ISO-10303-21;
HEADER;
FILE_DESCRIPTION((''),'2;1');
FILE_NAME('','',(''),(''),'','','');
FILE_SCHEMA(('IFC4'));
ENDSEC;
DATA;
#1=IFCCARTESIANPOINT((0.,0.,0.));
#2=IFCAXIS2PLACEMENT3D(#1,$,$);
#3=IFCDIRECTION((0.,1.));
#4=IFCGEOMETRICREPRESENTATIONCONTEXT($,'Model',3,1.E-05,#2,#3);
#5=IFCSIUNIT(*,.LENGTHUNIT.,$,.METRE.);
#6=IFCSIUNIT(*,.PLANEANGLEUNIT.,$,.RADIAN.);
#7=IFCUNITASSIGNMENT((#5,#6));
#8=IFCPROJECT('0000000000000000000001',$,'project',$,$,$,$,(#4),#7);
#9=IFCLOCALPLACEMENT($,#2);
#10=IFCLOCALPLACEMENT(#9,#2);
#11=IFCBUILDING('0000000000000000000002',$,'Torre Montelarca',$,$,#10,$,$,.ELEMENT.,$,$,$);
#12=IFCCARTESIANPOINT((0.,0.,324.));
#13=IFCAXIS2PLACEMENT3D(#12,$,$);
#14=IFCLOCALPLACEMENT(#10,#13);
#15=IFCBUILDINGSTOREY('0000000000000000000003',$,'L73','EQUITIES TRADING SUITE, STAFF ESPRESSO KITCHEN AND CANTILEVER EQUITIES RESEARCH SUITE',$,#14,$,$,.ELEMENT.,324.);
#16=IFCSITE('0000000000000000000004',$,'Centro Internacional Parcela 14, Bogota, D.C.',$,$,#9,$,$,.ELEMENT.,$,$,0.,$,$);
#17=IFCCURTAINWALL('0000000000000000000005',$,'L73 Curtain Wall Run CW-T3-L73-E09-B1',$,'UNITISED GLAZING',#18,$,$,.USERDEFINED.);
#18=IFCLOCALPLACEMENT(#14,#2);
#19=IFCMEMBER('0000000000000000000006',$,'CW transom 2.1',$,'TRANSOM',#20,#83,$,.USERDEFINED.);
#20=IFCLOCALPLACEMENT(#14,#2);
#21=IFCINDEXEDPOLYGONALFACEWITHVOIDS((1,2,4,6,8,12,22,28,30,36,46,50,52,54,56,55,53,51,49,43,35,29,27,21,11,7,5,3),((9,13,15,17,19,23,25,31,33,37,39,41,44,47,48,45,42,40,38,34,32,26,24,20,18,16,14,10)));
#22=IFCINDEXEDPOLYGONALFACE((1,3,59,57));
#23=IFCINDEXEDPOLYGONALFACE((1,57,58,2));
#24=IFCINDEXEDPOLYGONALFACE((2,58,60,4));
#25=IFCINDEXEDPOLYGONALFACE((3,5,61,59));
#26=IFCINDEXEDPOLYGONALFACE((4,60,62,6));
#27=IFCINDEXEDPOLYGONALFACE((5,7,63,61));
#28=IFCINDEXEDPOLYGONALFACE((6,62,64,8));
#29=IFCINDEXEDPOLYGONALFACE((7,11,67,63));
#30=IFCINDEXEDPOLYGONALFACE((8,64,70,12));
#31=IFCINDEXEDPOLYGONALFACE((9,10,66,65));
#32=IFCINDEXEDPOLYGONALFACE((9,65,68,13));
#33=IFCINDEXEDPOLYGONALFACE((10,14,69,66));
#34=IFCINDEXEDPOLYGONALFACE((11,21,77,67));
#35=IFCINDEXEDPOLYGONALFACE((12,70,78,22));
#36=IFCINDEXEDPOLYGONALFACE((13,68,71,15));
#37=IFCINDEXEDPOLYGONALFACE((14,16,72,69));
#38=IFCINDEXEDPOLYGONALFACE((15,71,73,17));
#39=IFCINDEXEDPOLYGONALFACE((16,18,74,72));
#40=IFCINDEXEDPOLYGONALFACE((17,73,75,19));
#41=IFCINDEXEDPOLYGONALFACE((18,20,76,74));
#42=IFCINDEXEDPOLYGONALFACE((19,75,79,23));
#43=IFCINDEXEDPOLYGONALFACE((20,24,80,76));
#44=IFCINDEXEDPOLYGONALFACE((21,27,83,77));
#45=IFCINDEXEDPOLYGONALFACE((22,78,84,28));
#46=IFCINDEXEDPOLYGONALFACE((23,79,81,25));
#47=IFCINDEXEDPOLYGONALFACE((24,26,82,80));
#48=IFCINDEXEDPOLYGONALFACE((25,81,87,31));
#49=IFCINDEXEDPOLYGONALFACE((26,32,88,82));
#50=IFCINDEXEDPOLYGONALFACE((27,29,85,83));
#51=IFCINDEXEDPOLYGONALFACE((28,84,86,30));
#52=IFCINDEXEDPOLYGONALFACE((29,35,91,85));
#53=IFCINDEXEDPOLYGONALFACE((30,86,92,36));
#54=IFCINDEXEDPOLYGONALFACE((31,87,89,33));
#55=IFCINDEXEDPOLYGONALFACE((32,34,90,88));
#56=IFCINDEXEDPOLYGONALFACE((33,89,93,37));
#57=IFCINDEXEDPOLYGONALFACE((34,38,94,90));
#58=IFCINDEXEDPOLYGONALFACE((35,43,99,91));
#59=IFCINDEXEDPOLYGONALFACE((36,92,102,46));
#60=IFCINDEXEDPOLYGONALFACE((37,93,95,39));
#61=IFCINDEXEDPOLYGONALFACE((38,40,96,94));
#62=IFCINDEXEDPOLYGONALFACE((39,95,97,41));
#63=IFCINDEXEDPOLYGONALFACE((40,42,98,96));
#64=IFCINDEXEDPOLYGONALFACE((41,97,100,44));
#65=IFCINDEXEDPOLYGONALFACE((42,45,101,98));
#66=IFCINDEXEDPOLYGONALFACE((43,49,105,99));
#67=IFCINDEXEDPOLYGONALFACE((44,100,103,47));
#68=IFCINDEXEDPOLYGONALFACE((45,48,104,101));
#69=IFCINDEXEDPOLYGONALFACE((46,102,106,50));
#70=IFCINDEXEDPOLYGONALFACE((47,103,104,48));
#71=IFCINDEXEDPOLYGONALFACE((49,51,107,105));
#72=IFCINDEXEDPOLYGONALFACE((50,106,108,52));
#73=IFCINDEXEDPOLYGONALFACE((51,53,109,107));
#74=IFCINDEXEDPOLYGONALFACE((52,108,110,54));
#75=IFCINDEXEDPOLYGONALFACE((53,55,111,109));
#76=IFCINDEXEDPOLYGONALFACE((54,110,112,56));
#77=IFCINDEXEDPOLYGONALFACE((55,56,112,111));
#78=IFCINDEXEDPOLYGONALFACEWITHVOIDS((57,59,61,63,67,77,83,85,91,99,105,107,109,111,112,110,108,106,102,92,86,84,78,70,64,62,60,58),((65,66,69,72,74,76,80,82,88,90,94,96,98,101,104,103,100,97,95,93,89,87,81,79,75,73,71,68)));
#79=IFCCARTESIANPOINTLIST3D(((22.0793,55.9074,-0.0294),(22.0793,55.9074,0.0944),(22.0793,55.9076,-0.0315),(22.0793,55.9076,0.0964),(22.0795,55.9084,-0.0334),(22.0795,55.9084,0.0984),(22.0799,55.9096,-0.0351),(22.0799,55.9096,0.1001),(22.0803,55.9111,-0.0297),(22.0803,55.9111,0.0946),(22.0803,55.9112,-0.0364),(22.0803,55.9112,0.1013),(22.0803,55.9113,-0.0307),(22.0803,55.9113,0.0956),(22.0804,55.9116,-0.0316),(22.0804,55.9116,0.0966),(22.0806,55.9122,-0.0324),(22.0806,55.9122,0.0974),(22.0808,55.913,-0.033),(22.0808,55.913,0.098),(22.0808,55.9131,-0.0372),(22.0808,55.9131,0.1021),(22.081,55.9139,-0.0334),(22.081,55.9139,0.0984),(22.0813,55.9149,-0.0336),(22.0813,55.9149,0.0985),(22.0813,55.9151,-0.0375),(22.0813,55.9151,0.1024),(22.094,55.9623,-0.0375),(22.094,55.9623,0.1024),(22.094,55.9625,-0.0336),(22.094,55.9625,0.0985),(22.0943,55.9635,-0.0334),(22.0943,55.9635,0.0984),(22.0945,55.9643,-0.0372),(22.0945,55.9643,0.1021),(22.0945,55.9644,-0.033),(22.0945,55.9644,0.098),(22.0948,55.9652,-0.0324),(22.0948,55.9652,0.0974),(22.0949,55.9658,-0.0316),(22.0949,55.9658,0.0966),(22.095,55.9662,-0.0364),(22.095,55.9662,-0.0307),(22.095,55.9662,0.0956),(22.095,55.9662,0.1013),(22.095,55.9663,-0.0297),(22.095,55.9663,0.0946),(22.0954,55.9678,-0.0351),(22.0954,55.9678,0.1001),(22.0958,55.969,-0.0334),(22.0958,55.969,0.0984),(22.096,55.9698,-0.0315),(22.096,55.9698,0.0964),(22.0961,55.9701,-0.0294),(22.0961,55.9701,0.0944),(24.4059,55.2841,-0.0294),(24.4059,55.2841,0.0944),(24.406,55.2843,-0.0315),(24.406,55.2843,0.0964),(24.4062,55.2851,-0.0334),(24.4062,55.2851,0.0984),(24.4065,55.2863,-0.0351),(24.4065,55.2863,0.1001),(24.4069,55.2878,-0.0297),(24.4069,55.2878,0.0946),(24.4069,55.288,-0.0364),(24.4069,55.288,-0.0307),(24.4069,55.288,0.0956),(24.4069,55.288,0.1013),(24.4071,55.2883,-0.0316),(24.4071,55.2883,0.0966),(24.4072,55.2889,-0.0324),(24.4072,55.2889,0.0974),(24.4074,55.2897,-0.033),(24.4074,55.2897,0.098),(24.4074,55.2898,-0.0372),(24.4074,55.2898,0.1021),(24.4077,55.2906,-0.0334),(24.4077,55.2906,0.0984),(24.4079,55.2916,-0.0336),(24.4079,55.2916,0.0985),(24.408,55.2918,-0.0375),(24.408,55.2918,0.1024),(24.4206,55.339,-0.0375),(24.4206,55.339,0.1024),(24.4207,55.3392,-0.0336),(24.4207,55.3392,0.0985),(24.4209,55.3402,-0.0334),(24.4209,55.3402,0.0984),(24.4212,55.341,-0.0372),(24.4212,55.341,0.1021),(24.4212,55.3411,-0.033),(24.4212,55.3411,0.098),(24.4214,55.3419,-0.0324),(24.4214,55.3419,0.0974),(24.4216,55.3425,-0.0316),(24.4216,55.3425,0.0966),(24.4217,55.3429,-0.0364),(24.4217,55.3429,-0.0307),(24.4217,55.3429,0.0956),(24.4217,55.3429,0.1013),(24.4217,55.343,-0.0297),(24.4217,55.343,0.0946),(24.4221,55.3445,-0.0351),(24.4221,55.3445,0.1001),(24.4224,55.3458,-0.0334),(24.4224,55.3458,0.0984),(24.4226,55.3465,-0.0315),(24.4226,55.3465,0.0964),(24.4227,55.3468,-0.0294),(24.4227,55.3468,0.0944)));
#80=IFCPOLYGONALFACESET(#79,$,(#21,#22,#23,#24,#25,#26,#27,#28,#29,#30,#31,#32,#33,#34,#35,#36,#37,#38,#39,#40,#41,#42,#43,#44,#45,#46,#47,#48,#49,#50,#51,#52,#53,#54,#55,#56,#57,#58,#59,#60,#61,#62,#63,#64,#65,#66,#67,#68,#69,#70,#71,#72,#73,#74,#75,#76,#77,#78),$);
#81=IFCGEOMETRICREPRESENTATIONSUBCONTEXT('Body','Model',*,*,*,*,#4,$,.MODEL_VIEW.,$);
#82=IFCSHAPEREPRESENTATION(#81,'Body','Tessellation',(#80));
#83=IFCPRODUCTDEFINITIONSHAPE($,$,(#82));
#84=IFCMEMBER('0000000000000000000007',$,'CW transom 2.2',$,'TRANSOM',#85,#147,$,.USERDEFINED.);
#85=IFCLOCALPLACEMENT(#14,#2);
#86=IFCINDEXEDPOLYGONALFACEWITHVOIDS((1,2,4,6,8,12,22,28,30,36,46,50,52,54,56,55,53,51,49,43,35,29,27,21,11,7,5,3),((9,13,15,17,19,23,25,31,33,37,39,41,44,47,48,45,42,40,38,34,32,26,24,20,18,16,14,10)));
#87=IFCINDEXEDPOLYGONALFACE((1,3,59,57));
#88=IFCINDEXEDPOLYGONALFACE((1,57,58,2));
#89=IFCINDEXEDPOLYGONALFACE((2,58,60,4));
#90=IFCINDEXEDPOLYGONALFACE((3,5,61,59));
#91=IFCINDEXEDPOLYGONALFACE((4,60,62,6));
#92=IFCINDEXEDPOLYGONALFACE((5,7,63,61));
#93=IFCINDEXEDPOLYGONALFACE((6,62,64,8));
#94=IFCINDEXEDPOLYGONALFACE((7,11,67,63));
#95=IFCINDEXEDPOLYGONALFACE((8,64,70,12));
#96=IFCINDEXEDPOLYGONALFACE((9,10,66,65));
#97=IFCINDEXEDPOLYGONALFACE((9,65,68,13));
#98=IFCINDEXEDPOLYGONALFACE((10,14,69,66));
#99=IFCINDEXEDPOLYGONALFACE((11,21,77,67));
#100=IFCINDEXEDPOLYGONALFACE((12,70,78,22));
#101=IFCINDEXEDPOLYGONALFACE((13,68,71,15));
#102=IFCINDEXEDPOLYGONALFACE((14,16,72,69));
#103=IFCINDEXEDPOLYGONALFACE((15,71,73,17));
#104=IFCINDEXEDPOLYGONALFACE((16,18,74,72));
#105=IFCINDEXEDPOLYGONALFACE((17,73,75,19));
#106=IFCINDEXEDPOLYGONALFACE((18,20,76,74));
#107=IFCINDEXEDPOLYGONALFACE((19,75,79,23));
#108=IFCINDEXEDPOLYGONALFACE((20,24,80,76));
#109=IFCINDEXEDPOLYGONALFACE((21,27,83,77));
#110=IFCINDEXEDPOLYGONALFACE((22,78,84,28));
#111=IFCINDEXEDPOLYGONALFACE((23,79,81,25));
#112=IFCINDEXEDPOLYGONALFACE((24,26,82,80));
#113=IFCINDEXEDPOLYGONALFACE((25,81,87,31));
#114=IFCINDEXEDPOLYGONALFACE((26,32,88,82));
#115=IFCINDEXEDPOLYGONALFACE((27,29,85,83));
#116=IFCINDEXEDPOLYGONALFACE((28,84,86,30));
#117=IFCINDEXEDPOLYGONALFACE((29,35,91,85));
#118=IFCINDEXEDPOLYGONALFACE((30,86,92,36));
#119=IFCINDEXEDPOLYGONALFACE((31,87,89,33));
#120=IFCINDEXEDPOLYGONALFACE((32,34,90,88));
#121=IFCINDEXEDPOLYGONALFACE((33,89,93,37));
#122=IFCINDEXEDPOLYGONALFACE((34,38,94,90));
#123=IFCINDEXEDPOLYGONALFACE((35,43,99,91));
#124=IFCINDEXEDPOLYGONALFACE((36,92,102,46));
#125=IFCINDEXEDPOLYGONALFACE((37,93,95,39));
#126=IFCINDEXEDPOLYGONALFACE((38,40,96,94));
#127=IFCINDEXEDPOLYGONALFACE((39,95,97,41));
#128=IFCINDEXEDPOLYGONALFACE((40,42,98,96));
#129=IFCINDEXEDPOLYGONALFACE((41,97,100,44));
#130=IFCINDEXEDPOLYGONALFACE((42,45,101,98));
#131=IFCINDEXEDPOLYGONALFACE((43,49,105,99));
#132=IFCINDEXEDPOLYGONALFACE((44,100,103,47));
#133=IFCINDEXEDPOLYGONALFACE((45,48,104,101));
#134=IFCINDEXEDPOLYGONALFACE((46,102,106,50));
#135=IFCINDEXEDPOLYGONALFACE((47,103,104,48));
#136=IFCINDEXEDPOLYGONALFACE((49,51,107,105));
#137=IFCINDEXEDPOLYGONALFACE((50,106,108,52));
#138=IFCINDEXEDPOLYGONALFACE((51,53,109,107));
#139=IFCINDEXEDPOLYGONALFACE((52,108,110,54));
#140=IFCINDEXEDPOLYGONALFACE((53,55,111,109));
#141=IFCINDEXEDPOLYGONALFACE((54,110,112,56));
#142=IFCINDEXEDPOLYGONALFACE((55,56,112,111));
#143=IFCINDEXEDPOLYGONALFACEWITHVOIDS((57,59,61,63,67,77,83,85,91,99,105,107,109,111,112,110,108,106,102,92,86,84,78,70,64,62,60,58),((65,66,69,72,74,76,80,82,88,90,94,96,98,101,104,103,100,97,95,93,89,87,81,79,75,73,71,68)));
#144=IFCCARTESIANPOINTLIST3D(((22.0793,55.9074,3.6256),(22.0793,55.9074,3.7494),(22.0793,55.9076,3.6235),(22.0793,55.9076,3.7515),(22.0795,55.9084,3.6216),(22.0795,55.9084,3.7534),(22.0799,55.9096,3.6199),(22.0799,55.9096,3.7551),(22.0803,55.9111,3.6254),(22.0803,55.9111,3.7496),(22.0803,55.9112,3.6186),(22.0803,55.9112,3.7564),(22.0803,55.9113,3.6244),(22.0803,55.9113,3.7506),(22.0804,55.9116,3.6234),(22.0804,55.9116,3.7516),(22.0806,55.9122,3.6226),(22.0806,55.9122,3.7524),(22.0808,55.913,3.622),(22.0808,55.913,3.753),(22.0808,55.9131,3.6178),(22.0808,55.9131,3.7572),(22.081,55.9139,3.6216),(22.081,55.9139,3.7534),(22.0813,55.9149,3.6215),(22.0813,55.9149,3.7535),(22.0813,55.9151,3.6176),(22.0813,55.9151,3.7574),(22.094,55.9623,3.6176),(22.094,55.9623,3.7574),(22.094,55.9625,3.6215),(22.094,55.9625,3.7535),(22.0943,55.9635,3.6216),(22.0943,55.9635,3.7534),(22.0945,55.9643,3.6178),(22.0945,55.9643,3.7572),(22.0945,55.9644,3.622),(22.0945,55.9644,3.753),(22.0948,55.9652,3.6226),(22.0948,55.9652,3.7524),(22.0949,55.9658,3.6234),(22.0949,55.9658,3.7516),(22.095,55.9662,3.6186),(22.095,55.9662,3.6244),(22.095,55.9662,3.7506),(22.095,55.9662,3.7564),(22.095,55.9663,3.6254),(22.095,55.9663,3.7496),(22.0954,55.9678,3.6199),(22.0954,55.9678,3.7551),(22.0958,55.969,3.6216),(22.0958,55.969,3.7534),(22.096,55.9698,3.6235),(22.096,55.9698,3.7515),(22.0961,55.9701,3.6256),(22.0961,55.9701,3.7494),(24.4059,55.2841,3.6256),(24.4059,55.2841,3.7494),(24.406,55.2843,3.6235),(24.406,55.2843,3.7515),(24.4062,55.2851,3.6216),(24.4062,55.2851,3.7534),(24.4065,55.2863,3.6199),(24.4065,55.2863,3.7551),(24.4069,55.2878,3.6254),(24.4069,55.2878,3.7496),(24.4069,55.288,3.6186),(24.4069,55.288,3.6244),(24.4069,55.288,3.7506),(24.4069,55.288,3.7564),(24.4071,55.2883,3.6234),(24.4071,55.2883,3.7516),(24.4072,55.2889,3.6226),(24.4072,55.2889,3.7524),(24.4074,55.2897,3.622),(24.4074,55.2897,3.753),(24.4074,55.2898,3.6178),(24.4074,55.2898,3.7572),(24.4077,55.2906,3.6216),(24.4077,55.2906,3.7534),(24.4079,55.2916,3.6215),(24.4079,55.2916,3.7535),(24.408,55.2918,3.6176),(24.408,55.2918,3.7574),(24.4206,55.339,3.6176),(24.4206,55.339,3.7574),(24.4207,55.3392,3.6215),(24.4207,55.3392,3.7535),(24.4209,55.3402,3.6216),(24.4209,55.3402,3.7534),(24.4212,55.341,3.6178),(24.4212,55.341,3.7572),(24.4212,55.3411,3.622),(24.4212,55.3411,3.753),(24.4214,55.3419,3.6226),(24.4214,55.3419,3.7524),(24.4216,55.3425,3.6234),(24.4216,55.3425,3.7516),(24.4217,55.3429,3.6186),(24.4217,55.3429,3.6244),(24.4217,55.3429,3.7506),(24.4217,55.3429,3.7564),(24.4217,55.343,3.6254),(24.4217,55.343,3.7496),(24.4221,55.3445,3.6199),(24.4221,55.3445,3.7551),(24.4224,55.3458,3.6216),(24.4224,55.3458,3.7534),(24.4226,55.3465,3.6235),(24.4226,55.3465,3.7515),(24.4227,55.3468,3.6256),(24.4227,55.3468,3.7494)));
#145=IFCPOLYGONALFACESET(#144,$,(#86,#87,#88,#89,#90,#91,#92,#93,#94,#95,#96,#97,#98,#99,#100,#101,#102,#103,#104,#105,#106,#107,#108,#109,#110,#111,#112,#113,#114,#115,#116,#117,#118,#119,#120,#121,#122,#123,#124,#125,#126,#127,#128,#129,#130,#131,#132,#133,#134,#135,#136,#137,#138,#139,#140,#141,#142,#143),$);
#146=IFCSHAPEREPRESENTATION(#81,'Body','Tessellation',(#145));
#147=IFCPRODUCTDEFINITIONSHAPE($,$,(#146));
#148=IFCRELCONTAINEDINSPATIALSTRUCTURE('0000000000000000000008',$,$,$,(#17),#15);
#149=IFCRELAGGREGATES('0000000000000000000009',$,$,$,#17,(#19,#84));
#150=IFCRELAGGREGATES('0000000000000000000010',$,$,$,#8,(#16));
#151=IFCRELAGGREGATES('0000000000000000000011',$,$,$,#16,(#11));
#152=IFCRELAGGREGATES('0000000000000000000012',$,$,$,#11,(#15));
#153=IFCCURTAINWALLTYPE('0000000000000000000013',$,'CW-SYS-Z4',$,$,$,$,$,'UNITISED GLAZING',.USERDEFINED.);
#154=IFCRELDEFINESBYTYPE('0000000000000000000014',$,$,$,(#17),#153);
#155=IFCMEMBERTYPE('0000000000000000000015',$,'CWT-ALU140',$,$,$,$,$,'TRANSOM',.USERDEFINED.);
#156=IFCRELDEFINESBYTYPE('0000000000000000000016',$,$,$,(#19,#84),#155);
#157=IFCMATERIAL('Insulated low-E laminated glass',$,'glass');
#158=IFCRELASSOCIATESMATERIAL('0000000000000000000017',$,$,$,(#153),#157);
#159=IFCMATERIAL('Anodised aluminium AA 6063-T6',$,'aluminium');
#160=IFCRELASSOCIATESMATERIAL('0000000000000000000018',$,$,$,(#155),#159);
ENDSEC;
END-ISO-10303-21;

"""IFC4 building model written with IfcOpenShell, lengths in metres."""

from ifc_helpers import new_model, si_unit, direction, frame, origin, origin_2d, place, context, subcontext, project, spatial, hollow_rectangle, extrude, source, transform, mapped, material, material_profile, profile_set, type_object, element, aggregate, save


model = new_model("IFC4")

# Units and contexts
model_context = context("Model", 3, precision=1e-05, world=origin(), true_north=direction((0.0, 1.0)))
body_context = subcontext(model_context, "Body", "Model", "MODEL_VIEW")
ifc_project = project(units=[si_unit("LENGTHUNIT", "METRE"), si_unit("PLANEANGLEUNIT", "RADIAN")], contexts=[model_context])

# Site, building, storey
site_placement = place(None, origin())
site = spatial("IfcSite", under=ifc_project, at=site_placement, Name="Centro Internacional Parcela 14, Bogota, D.C.", CompositionType="ELEMENT", RefElevation=0.0)
building_placement = place(site_placement, origin())
building = spatial("IfcBuilding", under=site, at=building_placement, Name="Torre Montelarca", CompositionType="ELEMENT")
storey_placement = place(building_placement, frame((0.0, 0.0, 324.0)))
storey = spatial("IfcBuildingStorey", under=building, at=storey_placement, Name="L73", Description="EQUITIES TRADING SUITE, STAFF ESPRESSO KITCHEN AND CANTILEVER EQUITIES RESEARCH SUITE", CompositionType="ELEMENT", Elevation=324.0)

# Curtain wall
ifc_material_1 = material(Name="Insulated low-E laminated glass", Category="glass")
curtain_wall_type = type_object("IfcCurtainWallType", Name="CW-SYS-Z4", ElementType="UNITISED GLAZING", PredefinedType="USERDEFINED", material=ifc_material_1)
curtain_wall_1_placement = place(storey_placement, origin())
curtain_wall_1 = element("IfcCurtainWall", 1, at=curtain_wall_1_placement, inside=storey, type_object=curtain_wall_type, Name="L73 Curtain Wall Run CW-T3-L73-E09-B1", ObjectType="UNITISED GLAZING", PredefinedType="USERDEFINED")
ifc_material_2 = material(Name="Anodised aluminium AA 6063-T6", Category="aluminium")

# Members
ifc_material_profile_1 = material_profile(ifc_material_2, hollow_rectangle(XDim=0.0649, YDim=0.1399, WallThickness=0.0039, InnerFilletRadius=0.0039, OuterFilletRadius=0.0081, at=origin_2d()), Name="ALU65X140X4", Category="aluminium")
ifc_profile_set_1 = profile_set([ifc_material_profile_1], Name="Anodised aluminium AA 6063-T6")
member_type_1 = type_object("IfcMemberType", Name="CWT-ALU140", ElementType="TRANSOM", PredefinedType="USERDEFINED", material=ifc_profile_set_1)
shared_shape_1 = source(origin(), body_context, "Body", "SweptSolid", [
    extrude(hollow_rectangle(XDim=0.0649, YDim=0.1399, WallThickness=0.0039, InnerFilletRadius=0.0039, OuterFilletRadius=0.0081, at=origin_2d()), origin(), (0.0, 0.0, 1.0), 2.4087),
])
member_1_placement = place(storey_placement, frame((24.4143, 55.3154, 0.0325), z_axis=(-0.96594, 0.258766, 0.0), x_axis=(-0.258766, -0.96594, 0.0)))
member_1 = element("IfcMember", 2, at=member_1_placement, type_object=member_type_1, Name="CW transom 2.1", ObjectType="TRANSOM", PredefinedType="USERDEFINED", context=body_context, shape_type="MappedRepresentation", body=[
    mapped(shared_shape_1, transform((0.0, 0.0, 0.0), scale=1.0)),
])
member_2_placement = place(storey_placement, frame((24.4143, 55.3154, 3.6875), z_axis=(-0.96594, 0.258766, 0.0), x_axis=(-0.258766, -0.96594, 0.0)))
member_2 = element("IfcMember", 3, at=member_2_placement, type_object=member_type_1, Name="CW transom 2.2", ObjectType="TRANSOM", PredefinedType="USERDEFINED", context=body_context, shape_type="MappedRepresentation", body=[
    mapped(shared_shape_1, transform((0.0, 0.0, 0.0), scale=1.0)),
])

aggregate(curtain_wall_1, [member_1, member_2])

save(model, "model.ifc")
